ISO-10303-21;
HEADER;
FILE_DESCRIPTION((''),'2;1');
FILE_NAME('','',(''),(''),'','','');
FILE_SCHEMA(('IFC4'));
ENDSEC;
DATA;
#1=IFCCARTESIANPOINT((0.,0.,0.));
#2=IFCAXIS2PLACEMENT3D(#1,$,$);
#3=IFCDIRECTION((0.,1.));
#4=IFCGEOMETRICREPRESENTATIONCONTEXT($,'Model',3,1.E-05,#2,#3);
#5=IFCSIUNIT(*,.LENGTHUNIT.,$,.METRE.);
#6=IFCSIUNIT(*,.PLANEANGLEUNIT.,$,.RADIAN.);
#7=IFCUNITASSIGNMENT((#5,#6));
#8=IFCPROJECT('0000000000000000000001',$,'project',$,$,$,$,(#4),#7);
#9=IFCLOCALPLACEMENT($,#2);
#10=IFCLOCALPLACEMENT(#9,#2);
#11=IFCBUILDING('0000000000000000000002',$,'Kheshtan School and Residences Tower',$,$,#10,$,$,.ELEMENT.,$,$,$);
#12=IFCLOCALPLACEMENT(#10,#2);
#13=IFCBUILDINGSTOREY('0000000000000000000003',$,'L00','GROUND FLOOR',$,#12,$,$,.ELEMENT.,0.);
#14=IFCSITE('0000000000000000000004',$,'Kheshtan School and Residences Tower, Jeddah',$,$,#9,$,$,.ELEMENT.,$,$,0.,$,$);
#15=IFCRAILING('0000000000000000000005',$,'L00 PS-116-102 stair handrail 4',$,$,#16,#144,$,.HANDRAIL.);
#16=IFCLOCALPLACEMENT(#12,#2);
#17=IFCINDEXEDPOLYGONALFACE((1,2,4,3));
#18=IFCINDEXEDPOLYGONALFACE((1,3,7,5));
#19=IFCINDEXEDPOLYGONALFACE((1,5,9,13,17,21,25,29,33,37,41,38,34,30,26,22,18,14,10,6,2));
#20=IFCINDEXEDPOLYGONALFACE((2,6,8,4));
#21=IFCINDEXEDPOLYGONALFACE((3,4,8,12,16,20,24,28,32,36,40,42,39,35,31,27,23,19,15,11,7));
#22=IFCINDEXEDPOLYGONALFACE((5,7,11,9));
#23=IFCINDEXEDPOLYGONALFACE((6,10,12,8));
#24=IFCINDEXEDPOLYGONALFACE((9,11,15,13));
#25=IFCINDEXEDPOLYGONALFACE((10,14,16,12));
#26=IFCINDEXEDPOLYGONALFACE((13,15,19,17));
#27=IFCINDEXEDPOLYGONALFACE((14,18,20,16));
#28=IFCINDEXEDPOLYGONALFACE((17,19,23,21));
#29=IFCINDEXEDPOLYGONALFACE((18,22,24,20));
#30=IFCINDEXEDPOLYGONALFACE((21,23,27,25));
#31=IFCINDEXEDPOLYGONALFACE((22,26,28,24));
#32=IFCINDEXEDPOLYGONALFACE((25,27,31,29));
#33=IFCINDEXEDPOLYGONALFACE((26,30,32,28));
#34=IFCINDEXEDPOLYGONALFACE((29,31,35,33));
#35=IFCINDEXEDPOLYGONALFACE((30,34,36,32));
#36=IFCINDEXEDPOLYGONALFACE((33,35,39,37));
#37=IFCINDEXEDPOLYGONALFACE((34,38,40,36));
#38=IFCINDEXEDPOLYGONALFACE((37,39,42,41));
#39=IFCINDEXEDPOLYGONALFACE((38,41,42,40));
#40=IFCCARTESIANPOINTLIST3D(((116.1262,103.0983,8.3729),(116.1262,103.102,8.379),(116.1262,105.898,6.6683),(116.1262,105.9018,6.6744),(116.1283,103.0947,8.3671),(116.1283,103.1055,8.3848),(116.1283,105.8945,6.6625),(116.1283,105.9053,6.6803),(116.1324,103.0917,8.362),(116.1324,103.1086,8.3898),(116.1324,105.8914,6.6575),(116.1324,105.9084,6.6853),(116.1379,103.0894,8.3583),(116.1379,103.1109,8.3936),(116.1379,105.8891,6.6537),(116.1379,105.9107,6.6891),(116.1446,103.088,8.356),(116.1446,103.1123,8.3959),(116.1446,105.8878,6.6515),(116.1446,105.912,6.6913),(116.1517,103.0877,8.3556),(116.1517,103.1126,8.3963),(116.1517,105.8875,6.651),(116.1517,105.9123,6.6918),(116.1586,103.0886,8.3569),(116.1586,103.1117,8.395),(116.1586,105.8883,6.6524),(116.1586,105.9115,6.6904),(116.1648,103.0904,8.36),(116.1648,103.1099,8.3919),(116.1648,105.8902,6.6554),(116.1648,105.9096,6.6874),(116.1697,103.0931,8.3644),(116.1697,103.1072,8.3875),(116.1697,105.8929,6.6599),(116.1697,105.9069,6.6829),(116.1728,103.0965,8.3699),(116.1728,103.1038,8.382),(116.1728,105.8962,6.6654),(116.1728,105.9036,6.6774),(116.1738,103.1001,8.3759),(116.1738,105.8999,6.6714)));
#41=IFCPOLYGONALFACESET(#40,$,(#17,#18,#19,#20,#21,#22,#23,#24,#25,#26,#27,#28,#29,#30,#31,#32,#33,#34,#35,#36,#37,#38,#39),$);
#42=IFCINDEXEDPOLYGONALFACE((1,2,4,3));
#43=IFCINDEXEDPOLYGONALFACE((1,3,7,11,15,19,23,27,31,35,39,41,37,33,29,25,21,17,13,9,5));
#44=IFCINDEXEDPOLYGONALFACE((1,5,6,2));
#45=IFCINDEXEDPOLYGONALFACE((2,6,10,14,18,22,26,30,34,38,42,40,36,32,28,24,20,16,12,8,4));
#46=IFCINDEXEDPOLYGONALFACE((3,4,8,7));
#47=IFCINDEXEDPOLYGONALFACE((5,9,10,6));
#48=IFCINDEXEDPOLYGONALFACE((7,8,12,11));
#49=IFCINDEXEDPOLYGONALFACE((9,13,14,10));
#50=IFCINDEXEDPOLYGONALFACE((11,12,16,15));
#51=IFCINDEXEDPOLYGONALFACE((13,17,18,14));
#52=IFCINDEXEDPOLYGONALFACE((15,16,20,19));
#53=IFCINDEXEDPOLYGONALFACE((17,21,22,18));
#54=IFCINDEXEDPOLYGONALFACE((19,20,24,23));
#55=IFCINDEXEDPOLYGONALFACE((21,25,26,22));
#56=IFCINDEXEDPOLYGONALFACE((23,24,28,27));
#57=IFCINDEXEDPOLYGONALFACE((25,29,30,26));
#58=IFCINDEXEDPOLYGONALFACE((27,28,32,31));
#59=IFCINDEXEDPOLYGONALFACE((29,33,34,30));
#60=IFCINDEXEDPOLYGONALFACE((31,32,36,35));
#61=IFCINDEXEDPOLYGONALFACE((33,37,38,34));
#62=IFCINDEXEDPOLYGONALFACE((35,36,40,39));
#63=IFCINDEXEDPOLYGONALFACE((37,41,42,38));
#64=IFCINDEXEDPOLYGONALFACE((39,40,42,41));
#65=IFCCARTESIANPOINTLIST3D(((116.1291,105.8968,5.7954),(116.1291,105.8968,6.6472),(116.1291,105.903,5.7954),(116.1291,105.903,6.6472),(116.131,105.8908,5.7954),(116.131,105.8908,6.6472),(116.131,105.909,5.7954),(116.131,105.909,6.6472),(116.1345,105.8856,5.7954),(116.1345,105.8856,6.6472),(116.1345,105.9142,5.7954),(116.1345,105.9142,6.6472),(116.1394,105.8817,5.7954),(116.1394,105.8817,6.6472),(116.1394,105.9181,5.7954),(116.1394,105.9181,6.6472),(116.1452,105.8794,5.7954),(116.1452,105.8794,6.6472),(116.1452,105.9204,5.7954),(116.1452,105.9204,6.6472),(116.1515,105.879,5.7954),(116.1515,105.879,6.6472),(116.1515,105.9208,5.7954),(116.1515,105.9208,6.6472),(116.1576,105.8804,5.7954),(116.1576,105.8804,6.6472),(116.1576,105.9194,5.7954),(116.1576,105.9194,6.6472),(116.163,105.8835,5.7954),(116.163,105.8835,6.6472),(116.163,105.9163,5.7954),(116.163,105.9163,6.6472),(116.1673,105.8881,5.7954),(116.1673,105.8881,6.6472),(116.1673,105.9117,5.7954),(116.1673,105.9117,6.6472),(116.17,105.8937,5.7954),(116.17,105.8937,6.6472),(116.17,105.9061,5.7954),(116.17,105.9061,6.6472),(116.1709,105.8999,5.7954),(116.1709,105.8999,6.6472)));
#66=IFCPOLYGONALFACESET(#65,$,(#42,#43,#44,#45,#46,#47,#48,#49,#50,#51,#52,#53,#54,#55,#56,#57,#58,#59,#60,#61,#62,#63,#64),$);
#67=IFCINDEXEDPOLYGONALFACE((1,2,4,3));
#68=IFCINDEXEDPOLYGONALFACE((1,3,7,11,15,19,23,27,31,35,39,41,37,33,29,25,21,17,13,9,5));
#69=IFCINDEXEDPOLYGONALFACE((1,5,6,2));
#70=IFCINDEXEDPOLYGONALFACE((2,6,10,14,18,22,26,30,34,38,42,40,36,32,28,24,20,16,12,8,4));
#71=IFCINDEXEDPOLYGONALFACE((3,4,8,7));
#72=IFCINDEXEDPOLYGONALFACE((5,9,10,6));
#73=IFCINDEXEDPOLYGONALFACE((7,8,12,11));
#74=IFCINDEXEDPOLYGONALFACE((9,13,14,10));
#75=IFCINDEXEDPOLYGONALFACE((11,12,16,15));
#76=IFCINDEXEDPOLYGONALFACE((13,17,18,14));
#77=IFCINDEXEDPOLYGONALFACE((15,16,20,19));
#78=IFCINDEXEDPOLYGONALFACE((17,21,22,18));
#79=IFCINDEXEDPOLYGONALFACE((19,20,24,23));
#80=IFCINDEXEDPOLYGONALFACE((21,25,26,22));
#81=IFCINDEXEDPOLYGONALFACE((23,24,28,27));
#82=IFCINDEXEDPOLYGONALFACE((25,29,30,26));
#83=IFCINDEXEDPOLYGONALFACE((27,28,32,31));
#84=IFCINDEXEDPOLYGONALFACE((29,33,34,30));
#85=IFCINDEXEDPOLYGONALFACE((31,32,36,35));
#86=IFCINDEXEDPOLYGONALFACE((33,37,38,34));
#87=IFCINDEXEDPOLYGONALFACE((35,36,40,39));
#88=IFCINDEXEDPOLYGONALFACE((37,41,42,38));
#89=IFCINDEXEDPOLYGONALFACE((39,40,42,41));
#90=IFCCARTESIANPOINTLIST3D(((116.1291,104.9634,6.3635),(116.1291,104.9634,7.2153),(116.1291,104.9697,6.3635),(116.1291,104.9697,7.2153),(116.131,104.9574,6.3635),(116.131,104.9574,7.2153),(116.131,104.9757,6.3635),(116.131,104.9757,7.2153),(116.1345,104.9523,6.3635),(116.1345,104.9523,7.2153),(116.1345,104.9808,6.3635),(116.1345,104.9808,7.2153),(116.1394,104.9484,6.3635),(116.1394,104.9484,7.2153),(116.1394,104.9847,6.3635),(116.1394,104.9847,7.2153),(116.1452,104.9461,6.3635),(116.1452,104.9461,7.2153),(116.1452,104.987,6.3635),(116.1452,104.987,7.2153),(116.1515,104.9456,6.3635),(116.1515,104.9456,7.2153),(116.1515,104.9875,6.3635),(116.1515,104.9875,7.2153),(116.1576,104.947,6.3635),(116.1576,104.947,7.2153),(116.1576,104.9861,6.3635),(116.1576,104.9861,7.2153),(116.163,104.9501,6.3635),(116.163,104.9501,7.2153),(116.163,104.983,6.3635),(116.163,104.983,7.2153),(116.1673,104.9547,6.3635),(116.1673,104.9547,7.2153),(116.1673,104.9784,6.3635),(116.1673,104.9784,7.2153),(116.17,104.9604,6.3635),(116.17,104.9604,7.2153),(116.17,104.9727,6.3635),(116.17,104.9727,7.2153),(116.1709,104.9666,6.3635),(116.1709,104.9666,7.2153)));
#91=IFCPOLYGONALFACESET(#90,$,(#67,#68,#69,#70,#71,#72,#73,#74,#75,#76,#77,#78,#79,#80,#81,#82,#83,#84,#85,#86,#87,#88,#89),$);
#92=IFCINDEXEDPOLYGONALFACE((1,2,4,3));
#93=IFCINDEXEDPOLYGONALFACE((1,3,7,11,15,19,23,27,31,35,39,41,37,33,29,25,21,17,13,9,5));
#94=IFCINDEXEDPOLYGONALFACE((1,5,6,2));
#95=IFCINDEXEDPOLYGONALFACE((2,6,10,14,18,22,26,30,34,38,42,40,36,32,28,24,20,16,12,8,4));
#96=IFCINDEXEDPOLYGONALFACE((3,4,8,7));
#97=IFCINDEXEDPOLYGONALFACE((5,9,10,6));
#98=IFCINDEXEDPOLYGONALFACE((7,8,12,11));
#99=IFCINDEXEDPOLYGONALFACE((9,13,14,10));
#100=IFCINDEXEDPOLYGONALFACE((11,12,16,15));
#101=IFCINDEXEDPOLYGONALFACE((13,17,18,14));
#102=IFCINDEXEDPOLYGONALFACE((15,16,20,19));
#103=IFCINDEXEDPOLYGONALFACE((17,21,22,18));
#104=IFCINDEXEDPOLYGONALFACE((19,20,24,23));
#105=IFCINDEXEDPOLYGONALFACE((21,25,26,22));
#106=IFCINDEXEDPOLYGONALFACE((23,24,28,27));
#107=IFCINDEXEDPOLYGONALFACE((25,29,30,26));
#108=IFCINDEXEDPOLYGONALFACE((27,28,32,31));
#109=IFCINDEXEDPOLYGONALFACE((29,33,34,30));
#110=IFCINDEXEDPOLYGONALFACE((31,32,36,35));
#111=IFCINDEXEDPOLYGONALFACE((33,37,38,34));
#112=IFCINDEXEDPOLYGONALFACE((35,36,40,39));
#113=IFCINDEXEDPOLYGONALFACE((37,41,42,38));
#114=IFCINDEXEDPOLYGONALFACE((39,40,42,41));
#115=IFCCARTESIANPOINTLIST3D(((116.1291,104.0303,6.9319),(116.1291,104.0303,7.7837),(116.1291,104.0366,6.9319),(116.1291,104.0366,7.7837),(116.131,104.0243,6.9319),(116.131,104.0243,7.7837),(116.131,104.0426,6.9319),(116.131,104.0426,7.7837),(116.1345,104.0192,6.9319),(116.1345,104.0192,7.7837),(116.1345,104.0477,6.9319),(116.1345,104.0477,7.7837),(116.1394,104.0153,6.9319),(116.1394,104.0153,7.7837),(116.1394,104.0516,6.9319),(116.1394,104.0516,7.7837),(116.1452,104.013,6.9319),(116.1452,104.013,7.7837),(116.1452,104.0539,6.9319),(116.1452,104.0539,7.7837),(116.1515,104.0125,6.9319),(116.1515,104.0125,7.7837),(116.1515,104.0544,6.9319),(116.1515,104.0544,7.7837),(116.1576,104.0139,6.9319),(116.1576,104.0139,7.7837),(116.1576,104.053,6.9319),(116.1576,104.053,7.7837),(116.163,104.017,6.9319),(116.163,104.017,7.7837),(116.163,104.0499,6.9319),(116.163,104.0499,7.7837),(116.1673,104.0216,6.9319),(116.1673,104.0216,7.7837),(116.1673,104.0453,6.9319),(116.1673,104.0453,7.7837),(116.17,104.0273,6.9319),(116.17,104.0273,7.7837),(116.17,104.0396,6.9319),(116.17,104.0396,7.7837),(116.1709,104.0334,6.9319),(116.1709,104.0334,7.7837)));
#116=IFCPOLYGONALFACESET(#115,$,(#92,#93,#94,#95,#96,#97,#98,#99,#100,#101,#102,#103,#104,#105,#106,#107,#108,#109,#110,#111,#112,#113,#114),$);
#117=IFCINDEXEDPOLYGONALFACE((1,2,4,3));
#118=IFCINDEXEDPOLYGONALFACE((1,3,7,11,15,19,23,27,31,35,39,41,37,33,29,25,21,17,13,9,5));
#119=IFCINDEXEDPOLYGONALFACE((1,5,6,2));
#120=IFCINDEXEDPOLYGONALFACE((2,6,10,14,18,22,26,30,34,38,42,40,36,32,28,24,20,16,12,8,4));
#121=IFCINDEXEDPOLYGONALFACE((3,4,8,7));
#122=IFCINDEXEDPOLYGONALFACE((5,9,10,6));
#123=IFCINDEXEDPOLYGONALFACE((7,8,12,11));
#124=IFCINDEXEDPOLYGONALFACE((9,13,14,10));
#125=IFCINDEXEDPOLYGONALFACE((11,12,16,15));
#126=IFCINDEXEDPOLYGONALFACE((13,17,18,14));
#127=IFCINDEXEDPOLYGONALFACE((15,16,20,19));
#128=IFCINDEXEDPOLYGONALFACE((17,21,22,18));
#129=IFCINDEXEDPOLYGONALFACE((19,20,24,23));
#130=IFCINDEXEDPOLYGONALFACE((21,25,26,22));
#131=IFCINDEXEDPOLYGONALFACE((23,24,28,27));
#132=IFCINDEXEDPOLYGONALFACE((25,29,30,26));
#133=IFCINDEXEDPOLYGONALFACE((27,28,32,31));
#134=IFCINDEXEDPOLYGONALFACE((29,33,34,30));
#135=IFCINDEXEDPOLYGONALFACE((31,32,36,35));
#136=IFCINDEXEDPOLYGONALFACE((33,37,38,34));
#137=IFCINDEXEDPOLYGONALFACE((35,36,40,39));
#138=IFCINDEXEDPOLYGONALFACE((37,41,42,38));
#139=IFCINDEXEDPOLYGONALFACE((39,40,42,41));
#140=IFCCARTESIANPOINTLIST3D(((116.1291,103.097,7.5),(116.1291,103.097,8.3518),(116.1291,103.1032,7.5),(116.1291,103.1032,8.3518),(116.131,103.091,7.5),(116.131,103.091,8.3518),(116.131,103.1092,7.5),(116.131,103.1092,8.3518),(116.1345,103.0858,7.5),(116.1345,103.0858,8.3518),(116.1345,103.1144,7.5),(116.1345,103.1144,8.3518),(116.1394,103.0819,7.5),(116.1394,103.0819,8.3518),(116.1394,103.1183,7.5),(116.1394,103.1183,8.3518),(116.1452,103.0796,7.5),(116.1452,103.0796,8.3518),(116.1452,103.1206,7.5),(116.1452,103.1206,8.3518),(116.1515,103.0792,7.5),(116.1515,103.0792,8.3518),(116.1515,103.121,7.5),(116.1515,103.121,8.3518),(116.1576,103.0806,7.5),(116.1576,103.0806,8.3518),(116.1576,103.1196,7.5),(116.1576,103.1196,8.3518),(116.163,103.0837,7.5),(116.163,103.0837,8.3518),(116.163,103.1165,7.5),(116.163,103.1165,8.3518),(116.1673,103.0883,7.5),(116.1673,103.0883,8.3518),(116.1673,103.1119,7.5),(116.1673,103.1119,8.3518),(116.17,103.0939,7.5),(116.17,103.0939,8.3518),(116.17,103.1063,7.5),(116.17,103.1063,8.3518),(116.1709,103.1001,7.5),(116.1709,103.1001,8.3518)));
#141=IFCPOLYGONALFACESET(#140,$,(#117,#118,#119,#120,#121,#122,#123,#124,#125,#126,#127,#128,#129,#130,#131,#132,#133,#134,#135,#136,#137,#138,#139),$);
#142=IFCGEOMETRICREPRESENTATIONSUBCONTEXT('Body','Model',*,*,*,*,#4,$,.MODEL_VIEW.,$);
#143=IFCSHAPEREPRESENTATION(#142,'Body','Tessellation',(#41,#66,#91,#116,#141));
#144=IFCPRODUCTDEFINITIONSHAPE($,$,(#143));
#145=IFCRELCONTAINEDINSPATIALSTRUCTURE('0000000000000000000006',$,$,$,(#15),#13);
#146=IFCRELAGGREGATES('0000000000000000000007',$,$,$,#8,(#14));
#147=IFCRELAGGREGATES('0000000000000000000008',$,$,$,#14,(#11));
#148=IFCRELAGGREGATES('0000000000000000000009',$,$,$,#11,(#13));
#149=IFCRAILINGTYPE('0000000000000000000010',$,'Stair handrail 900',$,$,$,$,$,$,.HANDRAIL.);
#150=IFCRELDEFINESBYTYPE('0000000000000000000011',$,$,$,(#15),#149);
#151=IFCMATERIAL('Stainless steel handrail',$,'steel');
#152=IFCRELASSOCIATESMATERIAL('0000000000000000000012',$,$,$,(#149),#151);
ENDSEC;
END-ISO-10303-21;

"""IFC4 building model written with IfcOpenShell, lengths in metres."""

from ifc_helpers import new_model, si_unit, direction, frame, origin, origin_2d, place, context, subcontext, project, spatial, circle, extrude, material, type_object, element, save


model = new_model("IFC4")

# Units and contexts
model_context = context("Model", 3, precision=1e-05, world=origin(), true_north=direction((0.0, 1.0)))
body_context = subcontext(model_context, "Body", "Model", "MODEL_VIEW")
ifc_project = project(units=[si_unit("LENGTHUNIT", "METRE"), si_unit("PLANEANGLEUNIT", "RADIAN")], contexts=[model_context])

# Site, building, storey
site_placement = place(None, origin())
site = spatial("IfcSite", under=ifc_project, at=site_placement, Name="Kheshtan School and Residences Tower, Jeddah", CompositionType="ELEMENT", RefElevation=0.0)
building_placement = place(site_placement, origin())
building = spatial("IfcBuilding", under=site, at=building_placement, Name="Kheshtan School and Residences Tower", CompositionType="ELEMENT")
storey_placement = place(building_placement, origin())
storey = spatial("IfcBuildingStorey", under=building, at=storey_placement, Name="L00", Description="GROUND FLOOR", CompositionType="ELEMENT", Elevation=0.0)

# Railing
ifc_material_1 = material(Name="Stainless steel handrail", Category="steel")
railing_type = type_object("IfcRailingType", Name="Stair handrail 900", PredefinedType="HANDRAIL", material=ifc_material_1)
for number, where, name in (
    (1, (116.1499, 105.8999, 5.7954), "L00 PS-116-102 stair handrail 4"),
):
    element("IfcRailing", number, at=place(storey_placement, frame(where)), inside=storey, type_object=railing_type, Name=name, PredefinedType="HANDRAIL", context=body_context, shape_type="SweptSolid", body=[
        extrude(circle(Radius=0.0239, at=origin_2d()), frame((0.0, 0.0, 0.876), z_axis=(0.0, -0.85415, 0.520027), x_axis=(1.0, 0.0, 0.0)), (0.0, 0.0, 1.0), 3.2778),
        extrude(circle(Radius=0.021, at=origin_2d()), origin(), (0.0, 0.0, 1.0), 0.8518),
        extrude(circle(Radius=0.021, at=origin_2d()), frame((0.0, -0.9333, 0.5681)), (0.0, 0.0, 1.0), 0.8518),
        extrude(circle(Radius=0.021, at=origin_2d()), frame((0.0, -1.8665, 1.1365)), (0.0, 0.0, 1.0), 0.8518),
        extrude(circle(Radius=0.021, at=origin_2d()), frame((0.0, -2.7998, 1.7046)), (0.0, 0.0, 1.0), 0.8518),
    ])

save(model, "model.ifc")
